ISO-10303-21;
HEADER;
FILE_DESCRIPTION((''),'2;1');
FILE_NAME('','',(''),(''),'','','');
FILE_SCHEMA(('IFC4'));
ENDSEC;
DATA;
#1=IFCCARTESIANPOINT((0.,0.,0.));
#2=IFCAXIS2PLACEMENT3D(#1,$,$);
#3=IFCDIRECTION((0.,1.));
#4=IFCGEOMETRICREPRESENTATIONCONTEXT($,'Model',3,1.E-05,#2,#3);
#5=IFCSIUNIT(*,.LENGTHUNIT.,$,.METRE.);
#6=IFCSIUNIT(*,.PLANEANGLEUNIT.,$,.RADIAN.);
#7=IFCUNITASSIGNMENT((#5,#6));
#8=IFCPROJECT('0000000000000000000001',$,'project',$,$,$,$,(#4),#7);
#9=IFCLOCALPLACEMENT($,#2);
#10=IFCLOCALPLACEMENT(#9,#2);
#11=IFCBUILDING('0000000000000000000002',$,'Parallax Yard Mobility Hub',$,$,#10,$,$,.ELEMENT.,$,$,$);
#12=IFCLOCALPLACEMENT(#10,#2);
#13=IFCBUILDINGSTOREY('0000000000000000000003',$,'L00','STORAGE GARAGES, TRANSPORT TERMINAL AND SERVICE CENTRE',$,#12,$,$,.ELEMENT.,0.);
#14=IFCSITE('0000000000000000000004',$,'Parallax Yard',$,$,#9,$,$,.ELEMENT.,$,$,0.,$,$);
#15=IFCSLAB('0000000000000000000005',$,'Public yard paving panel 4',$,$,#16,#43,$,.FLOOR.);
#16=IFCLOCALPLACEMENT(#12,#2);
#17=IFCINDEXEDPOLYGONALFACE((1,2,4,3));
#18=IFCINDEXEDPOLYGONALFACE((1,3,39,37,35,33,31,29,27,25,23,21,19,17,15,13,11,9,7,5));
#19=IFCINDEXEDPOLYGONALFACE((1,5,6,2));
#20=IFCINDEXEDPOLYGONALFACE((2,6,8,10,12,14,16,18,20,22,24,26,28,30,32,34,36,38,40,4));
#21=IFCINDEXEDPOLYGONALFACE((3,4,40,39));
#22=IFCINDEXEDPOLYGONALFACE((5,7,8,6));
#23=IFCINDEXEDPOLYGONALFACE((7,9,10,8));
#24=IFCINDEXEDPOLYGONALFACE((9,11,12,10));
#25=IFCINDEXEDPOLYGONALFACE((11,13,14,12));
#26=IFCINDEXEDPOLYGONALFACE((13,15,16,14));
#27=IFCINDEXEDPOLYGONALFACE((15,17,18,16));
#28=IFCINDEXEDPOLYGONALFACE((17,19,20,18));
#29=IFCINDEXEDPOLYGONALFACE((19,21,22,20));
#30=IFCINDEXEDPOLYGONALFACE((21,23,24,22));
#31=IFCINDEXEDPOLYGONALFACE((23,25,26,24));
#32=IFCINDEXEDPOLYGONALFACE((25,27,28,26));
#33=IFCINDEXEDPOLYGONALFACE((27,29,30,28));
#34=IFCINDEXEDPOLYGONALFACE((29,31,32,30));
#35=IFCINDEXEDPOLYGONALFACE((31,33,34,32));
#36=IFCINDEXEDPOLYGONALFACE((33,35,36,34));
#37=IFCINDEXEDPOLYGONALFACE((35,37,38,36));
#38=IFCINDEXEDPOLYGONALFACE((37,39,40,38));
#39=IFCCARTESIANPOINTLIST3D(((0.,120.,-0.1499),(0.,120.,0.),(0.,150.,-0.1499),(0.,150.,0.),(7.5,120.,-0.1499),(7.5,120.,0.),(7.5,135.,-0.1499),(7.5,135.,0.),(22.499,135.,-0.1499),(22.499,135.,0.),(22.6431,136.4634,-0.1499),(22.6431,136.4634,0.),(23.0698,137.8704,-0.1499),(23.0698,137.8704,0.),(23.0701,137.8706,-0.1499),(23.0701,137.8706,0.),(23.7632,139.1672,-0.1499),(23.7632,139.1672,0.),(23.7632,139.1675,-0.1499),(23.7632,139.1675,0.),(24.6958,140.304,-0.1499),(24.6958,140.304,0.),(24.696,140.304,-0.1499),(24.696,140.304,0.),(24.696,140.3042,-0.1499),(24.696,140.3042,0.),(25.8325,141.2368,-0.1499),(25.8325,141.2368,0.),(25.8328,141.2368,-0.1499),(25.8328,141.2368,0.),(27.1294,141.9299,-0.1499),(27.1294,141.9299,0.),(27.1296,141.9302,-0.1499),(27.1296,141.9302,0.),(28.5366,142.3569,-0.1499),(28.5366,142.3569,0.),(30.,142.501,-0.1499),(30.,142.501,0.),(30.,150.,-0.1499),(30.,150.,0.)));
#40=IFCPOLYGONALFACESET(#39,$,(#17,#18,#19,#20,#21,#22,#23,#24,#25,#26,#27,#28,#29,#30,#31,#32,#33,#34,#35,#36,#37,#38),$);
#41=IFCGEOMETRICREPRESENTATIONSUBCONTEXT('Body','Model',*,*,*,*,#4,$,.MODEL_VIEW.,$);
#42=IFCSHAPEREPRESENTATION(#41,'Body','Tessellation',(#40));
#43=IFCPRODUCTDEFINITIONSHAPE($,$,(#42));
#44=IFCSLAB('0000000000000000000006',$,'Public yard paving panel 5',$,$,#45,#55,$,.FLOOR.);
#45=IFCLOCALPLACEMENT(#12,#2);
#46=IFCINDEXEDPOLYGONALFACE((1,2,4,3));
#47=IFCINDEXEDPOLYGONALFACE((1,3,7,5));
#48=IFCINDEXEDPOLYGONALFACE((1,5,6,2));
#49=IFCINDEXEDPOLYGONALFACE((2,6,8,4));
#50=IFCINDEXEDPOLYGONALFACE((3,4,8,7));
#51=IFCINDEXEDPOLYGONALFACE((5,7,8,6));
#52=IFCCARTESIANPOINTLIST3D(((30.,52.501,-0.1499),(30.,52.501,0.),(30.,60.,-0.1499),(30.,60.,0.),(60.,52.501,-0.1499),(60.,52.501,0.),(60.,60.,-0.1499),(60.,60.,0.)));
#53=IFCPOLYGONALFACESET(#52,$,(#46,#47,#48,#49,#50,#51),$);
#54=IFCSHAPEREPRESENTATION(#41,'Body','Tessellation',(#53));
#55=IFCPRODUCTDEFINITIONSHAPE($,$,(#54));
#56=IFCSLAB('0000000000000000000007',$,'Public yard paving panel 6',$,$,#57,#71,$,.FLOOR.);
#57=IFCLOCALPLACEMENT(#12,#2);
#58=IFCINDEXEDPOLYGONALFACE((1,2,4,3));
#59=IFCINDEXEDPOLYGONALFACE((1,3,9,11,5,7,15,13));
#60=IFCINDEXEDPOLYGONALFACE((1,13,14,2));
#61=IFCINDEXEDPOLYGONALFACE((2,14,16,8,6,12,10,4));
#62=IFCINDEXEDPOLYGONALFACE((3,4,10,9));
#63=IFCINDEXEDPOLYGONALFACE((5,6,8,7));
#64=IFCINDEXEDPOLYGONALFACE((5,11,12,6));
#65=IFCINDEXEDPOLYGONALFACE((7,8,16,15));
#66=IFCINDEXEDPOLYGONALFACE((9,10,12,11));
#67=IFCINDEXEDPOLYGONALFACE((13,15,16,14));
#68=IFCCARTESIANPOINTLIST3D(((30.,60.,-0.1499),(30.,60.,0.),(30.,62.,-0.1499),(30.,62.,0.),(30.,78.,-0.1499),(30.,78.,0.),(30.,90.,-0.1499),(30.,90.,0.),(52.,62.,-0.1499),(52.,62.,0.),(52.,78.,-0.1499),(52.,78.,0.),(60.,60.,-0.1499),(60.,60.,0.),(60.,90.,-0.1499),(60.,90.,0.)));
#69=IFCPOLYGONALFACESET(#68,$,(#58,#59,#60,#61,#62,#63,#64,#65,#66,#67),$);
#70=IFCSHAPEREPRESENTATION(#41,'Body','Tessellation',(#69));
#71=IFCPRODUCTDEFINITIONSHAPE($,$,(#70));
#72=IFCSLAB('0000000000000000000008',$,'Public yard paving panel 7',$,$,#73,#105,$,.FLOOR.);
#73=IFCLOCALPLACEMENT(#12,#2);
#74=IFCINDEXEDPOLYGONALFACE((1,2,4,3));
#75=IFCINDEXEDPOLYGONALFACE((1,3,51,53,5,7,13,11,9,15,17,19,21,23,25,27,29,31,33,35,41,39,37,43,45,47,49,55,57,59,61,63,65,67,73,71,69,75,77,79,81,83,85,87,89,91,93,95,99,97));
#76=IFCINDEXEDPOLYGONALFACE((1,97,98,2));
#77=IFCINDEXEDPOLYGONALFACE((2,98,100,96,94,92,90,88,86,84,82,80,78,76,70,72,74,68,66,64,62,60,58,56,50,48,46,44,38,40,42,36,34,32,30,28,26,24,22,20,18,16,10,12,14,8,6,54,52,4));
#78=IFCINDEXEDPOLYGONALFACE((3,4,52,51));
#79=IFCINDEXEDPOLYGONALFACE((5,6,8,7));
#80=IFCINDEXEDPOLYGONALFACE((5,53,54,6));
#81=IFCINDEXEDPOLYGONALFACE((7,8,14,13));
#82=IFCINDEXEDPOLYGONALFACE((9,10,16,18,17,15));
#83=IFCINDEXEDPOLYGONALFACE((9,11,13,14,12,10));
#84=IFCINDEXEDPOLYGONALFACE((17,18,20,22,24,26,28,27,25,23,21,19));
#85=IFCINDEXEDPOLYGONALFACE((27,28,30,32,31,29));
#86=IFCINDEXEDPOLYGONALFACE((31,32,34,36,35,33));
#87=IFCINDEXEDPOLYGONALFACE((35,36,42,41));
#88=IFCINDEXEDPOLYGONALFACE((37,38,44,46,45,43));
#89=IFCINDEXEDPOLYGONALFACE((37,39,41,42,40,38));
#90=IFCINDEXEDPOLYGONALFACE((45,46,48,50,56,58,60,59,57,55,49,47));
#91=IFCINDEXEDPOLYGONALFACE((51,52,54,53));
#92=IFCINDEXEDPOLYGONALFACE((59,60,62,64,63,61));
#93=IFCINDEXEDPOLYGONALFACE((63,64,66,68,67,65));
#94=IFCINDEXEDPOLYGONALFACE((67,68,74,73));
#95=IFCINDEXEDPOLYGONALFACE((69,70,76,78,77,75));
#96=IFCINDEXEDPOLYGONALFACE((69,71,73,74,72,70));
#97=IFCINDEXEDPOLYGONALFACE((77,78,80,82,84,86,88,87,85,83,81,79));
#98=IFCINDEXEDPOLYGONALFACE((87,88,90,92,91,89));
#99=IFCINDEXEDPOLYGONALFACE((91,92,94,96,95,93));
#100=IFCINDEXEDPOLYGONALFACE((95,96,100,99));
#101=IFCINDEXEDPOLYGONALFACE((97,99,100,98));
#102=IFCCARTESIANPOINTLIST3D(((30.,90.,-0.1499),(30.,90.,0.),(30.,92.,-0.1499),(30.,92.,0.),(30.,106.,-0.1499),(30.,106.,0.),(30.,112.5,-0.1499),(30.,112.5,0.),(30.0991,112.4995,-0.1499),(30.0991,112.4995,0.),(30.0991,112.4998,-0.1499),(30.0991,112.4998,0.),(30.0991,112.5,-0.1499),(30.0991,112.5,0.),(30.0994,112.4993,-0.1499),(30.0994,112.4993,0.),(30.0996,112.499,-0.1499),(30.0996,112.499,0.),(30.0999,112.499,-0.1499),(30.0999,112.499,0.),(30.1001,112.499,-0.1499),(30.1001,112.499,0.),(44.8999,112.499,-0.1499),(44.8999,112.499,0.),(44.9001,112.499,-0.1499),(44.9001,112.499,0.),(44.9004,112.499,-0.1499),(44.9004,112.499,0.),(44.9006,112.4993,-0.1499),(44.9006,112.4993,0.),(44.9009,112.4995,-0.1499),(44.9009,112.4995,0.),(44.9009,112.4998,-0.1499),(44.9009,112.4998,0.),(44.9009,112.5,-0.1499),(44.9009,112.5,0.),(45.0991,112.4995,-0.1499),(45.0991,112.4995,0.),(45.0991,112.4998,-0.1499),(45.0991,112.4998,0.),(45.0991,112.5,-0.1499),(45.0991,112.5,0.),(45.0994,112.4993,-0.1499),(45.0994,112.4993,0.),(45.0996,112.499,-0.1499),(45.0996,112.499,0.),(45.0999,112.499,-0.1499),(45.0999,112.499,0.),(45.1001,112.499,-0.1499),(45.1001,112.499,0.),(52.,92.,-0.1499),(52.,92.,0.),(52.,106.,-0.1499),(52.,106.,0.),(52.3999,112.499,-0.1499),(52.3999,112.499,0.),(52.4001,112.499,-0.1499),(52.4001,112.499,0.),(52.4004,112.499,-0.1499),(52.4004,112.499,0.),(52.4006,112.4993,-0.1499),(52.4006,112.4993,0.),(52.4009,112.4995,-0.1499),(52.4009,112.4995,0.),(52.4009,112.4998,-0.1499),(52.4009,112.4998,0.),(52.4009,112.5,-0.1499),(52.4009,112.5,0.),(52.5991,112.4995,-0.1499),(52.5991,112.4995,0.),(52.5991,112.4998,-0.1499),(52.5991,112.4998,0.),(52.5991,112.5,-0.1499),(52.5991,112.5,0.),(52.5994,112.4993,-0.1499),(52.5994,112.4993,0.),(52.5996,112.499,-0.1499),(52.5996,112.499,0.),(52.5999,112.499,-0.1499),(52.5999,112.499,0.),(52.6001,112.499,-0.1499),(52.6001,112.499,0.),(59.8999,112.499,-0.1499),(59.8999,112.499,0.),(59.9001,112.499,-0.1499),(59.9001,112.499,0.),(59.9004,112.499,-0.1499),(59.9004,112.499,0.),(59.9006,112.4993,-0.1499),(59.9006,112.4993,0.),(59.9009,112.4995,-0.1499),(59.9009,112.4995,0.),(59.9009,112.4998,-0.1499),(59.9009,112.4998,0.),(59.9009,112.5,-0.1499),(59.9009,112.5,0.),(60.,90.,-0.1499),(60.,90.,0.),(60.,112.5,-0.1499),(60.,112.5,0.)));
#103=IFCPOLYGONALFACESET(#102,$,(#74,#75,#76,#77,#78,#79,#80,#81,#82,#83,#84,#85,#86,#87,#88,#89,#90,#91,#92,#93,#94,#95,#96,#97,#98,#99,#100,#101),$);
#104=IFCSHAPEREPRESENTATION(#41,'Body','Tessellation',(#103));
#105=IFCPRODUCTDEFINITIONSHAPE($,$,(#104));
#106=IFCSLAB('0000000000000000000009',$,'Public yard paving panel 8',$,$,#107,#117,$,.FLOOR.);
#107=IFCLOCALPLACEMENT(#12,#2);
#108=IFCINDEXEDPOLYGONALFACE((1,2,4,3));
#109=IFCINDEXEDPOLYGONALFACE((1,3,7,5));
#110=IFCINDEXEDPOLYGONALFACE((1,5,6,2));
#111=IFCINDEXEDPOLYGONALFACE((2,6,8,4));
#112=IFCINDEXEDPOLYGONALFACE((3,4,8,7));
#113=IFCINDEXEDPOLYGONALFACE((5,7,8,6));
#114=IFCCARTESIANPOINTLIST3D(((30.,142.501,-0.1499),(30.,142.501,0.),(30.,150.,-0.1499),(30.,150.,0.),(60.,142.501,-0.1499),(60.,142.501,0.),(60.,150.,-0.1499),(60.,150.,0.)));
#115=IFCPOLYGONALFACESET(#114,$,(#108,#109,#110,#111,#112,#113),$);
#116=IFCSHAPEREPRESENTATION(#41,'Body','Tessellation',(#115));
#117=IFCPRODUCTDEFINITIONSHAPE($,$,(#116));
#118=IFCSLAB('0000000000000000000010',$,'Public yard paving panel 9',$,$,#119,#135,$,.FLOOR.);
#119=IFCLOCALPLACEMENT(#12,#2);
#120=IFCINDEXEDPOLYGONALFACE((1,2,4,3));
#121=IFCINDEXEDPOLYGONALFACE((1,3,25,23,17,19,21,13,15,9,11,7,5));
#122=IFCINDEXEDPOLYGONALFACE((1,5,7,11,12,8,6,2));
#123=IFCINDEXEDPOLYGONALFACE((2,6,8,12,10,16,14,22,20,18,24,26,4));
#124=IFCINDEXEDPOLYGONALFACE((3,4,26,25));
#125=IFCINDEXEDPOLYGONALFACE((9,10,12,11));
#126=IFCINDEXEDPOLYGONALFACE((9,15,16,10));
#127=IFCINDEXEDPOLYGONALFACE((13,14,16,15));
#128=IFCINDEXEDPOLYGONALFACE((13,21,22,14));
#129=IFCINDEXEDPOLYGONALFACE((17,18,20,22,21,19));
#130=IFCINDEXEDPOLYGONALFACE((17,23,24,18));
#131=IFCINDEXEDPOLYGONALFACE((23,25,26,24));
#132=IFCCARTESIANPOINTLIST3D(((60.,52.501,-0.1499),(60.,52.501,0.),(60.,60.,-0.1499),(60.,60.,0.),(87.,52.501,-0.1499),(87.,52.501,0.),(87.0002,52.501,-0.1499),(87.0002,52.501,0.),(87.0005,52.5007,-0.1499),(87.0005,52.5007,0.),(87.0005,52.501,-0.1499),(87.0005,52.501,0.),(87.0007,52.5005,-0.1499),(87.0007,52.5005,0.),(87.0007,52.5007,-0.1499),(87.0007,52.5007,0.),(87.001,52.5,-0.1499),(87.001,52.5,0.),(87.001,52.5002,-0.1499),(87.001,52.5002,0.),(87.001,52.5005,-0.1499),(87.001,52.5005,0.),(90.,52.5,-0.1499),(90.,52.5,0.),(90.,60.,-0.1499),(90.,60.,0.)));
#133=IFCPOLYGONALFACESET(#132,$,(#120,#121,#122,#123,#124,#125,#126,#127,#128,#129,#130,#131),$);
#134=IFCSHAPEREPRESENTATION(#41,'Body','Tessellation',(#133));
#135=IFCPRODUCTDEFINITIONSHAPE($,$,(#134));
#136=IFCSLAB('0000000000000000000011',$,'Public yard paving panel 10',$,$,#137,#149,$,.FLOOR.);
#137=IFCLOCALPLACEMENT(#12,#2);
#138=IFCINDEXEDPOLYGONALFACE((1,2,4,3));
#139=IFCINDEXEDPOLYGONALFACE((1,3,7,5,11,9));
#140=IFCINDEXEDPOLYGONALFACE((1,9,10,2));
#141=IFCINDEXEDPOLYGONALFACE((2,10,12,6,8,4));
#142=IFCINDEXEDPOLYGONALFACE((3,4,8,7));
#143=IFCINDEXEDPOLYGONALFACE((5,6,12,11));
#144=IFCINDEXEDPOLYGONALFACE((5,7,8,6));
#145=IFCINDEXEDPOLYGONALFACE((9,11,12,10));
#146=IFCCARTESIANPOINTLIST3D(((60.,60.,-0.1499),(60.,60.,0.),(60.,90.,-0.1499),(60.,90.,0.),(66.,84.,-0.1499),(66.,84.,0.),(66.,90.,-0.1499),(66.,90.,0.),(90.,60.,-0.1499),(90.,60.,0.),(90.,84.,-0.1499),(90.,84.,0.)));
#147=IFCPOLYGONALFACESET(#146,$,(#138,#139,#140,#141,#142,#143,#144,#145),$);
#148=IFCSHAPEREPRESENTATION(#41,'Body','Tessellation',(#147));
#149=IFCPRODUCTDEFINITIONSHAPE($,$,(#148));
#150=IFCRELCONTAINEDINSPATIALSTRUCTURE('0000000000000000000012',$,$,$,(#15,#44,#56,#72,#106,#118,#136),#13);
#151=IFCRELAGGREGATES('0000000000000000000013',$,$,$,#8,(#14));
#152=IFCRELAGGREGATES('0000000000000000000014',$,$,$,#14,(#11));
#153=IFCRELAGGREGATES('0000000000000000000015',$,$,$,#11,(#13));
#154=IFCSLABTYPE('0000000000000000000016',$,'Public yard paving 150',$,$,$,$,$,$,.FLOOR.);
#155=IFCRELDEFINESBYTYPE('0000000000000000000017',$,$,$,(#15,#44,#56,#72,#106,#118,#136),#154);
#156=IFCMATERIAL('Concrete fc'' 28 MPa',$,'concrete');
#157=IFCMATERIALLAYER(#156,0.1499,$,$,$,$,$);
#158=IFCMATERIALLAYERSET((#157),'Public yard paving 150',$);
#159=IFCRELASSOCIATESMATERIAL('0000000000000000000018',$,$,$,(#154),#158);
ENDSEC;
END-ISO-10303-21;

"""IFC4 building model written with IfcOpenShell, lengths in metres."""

from ifc_helpers import new_model, si_unit, direction, frame, origin, place, context, subcontext, project, spatial, polyline, outline, extrude, material, layer, layer_set, type_object, element, save


model = new_model("IFC4")

# Units and contexts
model_context = context("Model", 3, precision=1e-05, world=origin(), true_north=direction((0.0, 1.0)))
body_context = subcontext(model_context, "Body", "Model", "MODEL_VIEW")
ifc_project = project(units=[si_unit("LENGTHUNIT", "METRE"), si_unit("PLANEANGLEUNIT", "RADIAN")], contexts=[model_context])

# Site, building, storey
site_placement = place(None, origin())
site = spatial("IfcSite", under=ifc_project, at=site_placement, Name="Parallax Yard", CompositionType="ELEMENT", RefElevation=0.0)
building_placement = place(site_placement, origin())
building = spatial("IfcBuilding", under=site, at=building_placement, Name="Parallax Yard Mobility Hub", CompositionType="ELEMENT")
storey_placement = place(building_placement, origin())
storey = spatial("IfcBuildingStorey", under=building, at=storey_placement, Name="L00", Description="STORAGE GARAGES, TRANSPORT TERMINAL AND SERVICE CENTRE", CompositionType="ELEMENT", Elevation=0.0)

# Slabs
ifc_material = material(Name="Concrete fc' 28 MPa", Category="concrete")
ifc_layer_1 = layer(ifc_material, 0.1499)
ifc_layer_set_1 = layer_set([ifc_layer_1], Name="Public yard paving 150")
slab_type_1 = type_object("IfcSlabType", Name="Public yard paving 150", PredefinedType="FLOOR", material=ifc_layer_set_1)
slab_1_placement = place(storey_placement, frame((0.0, 0.0, -0.1499)))
element("IfcSlab", 1, at=slab_1_placement, inside=storey, type_object=slab_type_1, Name="Public yard paving panel 4", PredefinedType="FLOOR", context=body_context, shape_type="SweptSolid", body=[
    extrude(outline(polyline([(30.0, 150.0), (30.0, 142.501), (30.0, 142.501), (28.5366, 142.3569), (28.5366, 142.3569), (28.5366, 142.3569), (27.1296, 141.9302), (27.1294, 141.9299), (27.1294, 141.9299), (25.8328, 141.2368), (25.8325, 141.2368), (25.8325, 141.2368), (24.696, 140.3042), (24.696, 140.304), (24.6958, 140.304), (23.7632, 139.1675), (23.7632, 139.1675), (23.7632, 139.1672), (23.0701, 137.8706), (23.0701, 137.8706), (23.0698, 137.8704), (22.6431, 136.4634), (22.6431, 136.4634), (22.6431, 136.4634), (22.499, 135.0), (22.499, 135.0), (7.5, 135.0), (7.5, 120.0), (0.0, 120.0), (0.0, 150.0), (30.0, 150.0)])), origin(), (0.0, 0.0, 1.0), 0.1499),
])
slab_2_placement = place(storey_placement, frame((0.0, 0.0, -0.1499)))
element("IfcSlab", 2, at=slab_2_placement, inside=storey, type_object=slab_type_1, Name="Public yard paving panel 5", PredefinedType="FLOOR", context=body_context, shape_type="SweptSolid", body=[
    extrude(outline(polyline([(30.0, 52.501), (30.0, 60.0), (60.0, 60.0), (60.0, 52.501), (30.0, 52.501)])), origin(), (0.0, 0.0, 1.0), 0.1499),
])
slab_3_placement = place(storey_placement, frame((0.0, 0.0, -0.1499)))
element("IfcSlab", 3, at=slab_3_placement, inside=storey, type_object=slab_type_1, Name="Public yard paving panel 6", PredefinedType="FLOOR", context=body_context, shape_type="SweptSolid", body=[
    extrude(outline(polyline([(52.0, 62.0), (52.0, 78.0), (30.0, 78.0), (30.0, 90.0), (60.0, 90.0), (60.0, 60.0), (30.0, 60.0), (30.0, 62.0), (52.0, 62.0)])), origin(), (0.0, 0.0, 1.0), 0.1499),
])
slab_4_placement = place(storey_placement, frame((0.0, 0.0, -0.1499)))
element("IfcSlab", 4, at=slab_4_placement, inside=storey, type_object=slab_type_1, Name="Public yard paving panel 7", PredefinedType="FLOOR", context=body_context, shape_type="SweptSolid", body=[
    extrude(outline(polyline([(30.0991, 112.5), (30.0991, 112.5), (30.0991, 112.4998), (30.0991, 112.4998), (30.0991, 112.4995), (30.0991, 112.4995), (30.0991, 112.4995), (30.0991, 112.4995), (30.0994, 112.4993), (30.0994, 112.4993), (30.0994, 112.4993), (30.0996, 112.499), (30.0996, 112.499), (30.0996, 112.499), (30.0999, 112.499), (30.0999, 112.499), (30.1001, 112.499), (44.8999, 112.499), (44.9001, 112.499), (44.9001, 112.499), (44.9004, 112.499), (44.9004, 112.499), (44.9004, 112.499), (44.9006, 112.4993), (44.9006, 112.4993), (44.9006, 112.4993), (44.9009, 112.4995), (44.9009, 112.4995), (44.9009, 112.4995), (44.9009, 112.4995), (44.9009, 112.4998), (44.9009, 112.4998), (44.9009, 112.5), (44.9009, 112.5), (45.0991, 112.5), (45.0991, 112.5), (45.0991, 112.4998), (45.0991, 112.4998), (45.0991, 112.4995), (45.0991, 112.4995), (45.0991, 112.4995), (45.0991, 112.4995), (45.0994, 112.4993), (45.0994, 112.4993), (45.0994, 112.4993), (45.0996, 112.499), (45.0996, 112.499), (45.0996, 112.499), (45.0999, 112.499), (45.0999, 112.499), (45.1001, 112.499), (52.3999, 112.499), (52.4001, 112.499), (52.4001, 112.499), (52.4004, 112.499), (52.4004, 112.499), (52.4004, 112.499), (52.4006, 112.4993), (52.4006, 112.4993), (52.4006, 112.4993), (52.4009, 112.4995), (52.4009, 112.4995), (52.4009, 112.4995), (52.4009, 112.4995), (52.4009, 112.4998), (52.4009, 112.4998), (52.4009, 112.5), (52.4009, 112.5), (52.5991, 112.5), (52.5991, 112.5), (52.5991, 112.4998), (52.5991, 112.4998), (52.5991, 112.4995), (52.5991, 112.4995), (52.5991, 112.4995), (52.5991, 112.4995), (52.5994, 112.4993), (52.5994, 112.4993), (52.5994, 112.4993), (52.5996, 112.499), (52.5996, 112.499), (52.5996, 112.499), (52.5999, 112.499), (52.5999, 112.499), (52.6001, 112.499), (59.8999, 112.499), (59.9001, 112.499), (59.9001, 112.499), (59.9004, 112.499), (59.9004, 112.499), (59.9004, 112.499), (59.9006, 112.4993), (59.9006, 112.4993), (59.9006, 112.4993), (59.9009, 112.4995), (59.9009, 112.4995), (59.9009, 112.4995), (59.9009, 112.4995), (59.9009, 112.4998), (59.9009, 112.4998), (59.9009, 112.5), (59.9009, 112.5), (60.0, 112.5), (60.0, 90.0), (30.0, 90.0), (30.0, 92.0), (52.0, 92.0), (52.0, 106.0), (30.0, 106.0), (30.0, 112.5), (30.0991, 112.5)])), origin(), (0.0, 0.0, 1.0), 0.1499),
])
slab_5_placement = place(storey_placement, frame((0.0, 0.0, -0.1499)))
element("IfcSlab", 5, at=slab_5_placement, inside=storey, type_object=slab_type_1, Name="Public yard paving panel 8", PredefinedType="FLOOR", context=body_context, shape_type="SweptSolid", body=[
    extrude(outline(polyline([(60.0, 150.0), (60.0, 142.501), (30.0, 142.501), (30.0, 150.0), (60.0, 150.0)])), origin(), (0.0, 0.0, 1.0), 0.1499),
])
slab_6_placement = place(storey_placement, frame((0.0, 0.0, -0.1499)))
element("IfcSlab", 6, at=slab_6_placement, inside=storey, type_object=slab_type_1, Name="Public yard paving panel 9", PredefinedType="FLOOR", context=body_context, shape_type="SweptSolid", body=[
    extrude(outline(polyline([(87.001, 52.5), (87.001, 52.5), (87.001, 52.5002), (87.001, 52.5002), (87.001, 52.5005), (87.001, 52.5005), (87.0007, 52.5005), (87.0007, 52.5005), (87.0007, 52.5007), (87.0005, 52.5007), (87.0005, 52.5007), (87.0005, 52.501), (87.0005, 52.501), (87.0002, 52.501), (87.0002, 52.501), (87.0, 52.501), (87.0, 52.501), (60.0, 52.501), (60.0, 60.0), (90.0, 60.0), (90.0, 52.5), (87.001, 52.5)])), origin(), (0.0, 0.0, 1.0), 0.1499),
])
slab_7_placement = place(storey_placement, frame((0.0, 0.0, -0.1499)))
element("IfcSlab", 7, at=slab_7_placement, inside=storey, type_object=slab_type_1, Name="Public yard paving panel 10", PredefinedType="FLOOR", context=body_context, shape_type="SweptSolid", body=[
    extrude(outline(polyline([(66.0, 84.0), (90.0, 84.0), (90.0, 60.0), (60.0, 60.0), (60.0, 90.0), (66.0, 90.0), (66.0, 84.0)])), origin(), (0.0, 0.0, 1.0), 0.1499),
])

save(model, "model.ifc")
